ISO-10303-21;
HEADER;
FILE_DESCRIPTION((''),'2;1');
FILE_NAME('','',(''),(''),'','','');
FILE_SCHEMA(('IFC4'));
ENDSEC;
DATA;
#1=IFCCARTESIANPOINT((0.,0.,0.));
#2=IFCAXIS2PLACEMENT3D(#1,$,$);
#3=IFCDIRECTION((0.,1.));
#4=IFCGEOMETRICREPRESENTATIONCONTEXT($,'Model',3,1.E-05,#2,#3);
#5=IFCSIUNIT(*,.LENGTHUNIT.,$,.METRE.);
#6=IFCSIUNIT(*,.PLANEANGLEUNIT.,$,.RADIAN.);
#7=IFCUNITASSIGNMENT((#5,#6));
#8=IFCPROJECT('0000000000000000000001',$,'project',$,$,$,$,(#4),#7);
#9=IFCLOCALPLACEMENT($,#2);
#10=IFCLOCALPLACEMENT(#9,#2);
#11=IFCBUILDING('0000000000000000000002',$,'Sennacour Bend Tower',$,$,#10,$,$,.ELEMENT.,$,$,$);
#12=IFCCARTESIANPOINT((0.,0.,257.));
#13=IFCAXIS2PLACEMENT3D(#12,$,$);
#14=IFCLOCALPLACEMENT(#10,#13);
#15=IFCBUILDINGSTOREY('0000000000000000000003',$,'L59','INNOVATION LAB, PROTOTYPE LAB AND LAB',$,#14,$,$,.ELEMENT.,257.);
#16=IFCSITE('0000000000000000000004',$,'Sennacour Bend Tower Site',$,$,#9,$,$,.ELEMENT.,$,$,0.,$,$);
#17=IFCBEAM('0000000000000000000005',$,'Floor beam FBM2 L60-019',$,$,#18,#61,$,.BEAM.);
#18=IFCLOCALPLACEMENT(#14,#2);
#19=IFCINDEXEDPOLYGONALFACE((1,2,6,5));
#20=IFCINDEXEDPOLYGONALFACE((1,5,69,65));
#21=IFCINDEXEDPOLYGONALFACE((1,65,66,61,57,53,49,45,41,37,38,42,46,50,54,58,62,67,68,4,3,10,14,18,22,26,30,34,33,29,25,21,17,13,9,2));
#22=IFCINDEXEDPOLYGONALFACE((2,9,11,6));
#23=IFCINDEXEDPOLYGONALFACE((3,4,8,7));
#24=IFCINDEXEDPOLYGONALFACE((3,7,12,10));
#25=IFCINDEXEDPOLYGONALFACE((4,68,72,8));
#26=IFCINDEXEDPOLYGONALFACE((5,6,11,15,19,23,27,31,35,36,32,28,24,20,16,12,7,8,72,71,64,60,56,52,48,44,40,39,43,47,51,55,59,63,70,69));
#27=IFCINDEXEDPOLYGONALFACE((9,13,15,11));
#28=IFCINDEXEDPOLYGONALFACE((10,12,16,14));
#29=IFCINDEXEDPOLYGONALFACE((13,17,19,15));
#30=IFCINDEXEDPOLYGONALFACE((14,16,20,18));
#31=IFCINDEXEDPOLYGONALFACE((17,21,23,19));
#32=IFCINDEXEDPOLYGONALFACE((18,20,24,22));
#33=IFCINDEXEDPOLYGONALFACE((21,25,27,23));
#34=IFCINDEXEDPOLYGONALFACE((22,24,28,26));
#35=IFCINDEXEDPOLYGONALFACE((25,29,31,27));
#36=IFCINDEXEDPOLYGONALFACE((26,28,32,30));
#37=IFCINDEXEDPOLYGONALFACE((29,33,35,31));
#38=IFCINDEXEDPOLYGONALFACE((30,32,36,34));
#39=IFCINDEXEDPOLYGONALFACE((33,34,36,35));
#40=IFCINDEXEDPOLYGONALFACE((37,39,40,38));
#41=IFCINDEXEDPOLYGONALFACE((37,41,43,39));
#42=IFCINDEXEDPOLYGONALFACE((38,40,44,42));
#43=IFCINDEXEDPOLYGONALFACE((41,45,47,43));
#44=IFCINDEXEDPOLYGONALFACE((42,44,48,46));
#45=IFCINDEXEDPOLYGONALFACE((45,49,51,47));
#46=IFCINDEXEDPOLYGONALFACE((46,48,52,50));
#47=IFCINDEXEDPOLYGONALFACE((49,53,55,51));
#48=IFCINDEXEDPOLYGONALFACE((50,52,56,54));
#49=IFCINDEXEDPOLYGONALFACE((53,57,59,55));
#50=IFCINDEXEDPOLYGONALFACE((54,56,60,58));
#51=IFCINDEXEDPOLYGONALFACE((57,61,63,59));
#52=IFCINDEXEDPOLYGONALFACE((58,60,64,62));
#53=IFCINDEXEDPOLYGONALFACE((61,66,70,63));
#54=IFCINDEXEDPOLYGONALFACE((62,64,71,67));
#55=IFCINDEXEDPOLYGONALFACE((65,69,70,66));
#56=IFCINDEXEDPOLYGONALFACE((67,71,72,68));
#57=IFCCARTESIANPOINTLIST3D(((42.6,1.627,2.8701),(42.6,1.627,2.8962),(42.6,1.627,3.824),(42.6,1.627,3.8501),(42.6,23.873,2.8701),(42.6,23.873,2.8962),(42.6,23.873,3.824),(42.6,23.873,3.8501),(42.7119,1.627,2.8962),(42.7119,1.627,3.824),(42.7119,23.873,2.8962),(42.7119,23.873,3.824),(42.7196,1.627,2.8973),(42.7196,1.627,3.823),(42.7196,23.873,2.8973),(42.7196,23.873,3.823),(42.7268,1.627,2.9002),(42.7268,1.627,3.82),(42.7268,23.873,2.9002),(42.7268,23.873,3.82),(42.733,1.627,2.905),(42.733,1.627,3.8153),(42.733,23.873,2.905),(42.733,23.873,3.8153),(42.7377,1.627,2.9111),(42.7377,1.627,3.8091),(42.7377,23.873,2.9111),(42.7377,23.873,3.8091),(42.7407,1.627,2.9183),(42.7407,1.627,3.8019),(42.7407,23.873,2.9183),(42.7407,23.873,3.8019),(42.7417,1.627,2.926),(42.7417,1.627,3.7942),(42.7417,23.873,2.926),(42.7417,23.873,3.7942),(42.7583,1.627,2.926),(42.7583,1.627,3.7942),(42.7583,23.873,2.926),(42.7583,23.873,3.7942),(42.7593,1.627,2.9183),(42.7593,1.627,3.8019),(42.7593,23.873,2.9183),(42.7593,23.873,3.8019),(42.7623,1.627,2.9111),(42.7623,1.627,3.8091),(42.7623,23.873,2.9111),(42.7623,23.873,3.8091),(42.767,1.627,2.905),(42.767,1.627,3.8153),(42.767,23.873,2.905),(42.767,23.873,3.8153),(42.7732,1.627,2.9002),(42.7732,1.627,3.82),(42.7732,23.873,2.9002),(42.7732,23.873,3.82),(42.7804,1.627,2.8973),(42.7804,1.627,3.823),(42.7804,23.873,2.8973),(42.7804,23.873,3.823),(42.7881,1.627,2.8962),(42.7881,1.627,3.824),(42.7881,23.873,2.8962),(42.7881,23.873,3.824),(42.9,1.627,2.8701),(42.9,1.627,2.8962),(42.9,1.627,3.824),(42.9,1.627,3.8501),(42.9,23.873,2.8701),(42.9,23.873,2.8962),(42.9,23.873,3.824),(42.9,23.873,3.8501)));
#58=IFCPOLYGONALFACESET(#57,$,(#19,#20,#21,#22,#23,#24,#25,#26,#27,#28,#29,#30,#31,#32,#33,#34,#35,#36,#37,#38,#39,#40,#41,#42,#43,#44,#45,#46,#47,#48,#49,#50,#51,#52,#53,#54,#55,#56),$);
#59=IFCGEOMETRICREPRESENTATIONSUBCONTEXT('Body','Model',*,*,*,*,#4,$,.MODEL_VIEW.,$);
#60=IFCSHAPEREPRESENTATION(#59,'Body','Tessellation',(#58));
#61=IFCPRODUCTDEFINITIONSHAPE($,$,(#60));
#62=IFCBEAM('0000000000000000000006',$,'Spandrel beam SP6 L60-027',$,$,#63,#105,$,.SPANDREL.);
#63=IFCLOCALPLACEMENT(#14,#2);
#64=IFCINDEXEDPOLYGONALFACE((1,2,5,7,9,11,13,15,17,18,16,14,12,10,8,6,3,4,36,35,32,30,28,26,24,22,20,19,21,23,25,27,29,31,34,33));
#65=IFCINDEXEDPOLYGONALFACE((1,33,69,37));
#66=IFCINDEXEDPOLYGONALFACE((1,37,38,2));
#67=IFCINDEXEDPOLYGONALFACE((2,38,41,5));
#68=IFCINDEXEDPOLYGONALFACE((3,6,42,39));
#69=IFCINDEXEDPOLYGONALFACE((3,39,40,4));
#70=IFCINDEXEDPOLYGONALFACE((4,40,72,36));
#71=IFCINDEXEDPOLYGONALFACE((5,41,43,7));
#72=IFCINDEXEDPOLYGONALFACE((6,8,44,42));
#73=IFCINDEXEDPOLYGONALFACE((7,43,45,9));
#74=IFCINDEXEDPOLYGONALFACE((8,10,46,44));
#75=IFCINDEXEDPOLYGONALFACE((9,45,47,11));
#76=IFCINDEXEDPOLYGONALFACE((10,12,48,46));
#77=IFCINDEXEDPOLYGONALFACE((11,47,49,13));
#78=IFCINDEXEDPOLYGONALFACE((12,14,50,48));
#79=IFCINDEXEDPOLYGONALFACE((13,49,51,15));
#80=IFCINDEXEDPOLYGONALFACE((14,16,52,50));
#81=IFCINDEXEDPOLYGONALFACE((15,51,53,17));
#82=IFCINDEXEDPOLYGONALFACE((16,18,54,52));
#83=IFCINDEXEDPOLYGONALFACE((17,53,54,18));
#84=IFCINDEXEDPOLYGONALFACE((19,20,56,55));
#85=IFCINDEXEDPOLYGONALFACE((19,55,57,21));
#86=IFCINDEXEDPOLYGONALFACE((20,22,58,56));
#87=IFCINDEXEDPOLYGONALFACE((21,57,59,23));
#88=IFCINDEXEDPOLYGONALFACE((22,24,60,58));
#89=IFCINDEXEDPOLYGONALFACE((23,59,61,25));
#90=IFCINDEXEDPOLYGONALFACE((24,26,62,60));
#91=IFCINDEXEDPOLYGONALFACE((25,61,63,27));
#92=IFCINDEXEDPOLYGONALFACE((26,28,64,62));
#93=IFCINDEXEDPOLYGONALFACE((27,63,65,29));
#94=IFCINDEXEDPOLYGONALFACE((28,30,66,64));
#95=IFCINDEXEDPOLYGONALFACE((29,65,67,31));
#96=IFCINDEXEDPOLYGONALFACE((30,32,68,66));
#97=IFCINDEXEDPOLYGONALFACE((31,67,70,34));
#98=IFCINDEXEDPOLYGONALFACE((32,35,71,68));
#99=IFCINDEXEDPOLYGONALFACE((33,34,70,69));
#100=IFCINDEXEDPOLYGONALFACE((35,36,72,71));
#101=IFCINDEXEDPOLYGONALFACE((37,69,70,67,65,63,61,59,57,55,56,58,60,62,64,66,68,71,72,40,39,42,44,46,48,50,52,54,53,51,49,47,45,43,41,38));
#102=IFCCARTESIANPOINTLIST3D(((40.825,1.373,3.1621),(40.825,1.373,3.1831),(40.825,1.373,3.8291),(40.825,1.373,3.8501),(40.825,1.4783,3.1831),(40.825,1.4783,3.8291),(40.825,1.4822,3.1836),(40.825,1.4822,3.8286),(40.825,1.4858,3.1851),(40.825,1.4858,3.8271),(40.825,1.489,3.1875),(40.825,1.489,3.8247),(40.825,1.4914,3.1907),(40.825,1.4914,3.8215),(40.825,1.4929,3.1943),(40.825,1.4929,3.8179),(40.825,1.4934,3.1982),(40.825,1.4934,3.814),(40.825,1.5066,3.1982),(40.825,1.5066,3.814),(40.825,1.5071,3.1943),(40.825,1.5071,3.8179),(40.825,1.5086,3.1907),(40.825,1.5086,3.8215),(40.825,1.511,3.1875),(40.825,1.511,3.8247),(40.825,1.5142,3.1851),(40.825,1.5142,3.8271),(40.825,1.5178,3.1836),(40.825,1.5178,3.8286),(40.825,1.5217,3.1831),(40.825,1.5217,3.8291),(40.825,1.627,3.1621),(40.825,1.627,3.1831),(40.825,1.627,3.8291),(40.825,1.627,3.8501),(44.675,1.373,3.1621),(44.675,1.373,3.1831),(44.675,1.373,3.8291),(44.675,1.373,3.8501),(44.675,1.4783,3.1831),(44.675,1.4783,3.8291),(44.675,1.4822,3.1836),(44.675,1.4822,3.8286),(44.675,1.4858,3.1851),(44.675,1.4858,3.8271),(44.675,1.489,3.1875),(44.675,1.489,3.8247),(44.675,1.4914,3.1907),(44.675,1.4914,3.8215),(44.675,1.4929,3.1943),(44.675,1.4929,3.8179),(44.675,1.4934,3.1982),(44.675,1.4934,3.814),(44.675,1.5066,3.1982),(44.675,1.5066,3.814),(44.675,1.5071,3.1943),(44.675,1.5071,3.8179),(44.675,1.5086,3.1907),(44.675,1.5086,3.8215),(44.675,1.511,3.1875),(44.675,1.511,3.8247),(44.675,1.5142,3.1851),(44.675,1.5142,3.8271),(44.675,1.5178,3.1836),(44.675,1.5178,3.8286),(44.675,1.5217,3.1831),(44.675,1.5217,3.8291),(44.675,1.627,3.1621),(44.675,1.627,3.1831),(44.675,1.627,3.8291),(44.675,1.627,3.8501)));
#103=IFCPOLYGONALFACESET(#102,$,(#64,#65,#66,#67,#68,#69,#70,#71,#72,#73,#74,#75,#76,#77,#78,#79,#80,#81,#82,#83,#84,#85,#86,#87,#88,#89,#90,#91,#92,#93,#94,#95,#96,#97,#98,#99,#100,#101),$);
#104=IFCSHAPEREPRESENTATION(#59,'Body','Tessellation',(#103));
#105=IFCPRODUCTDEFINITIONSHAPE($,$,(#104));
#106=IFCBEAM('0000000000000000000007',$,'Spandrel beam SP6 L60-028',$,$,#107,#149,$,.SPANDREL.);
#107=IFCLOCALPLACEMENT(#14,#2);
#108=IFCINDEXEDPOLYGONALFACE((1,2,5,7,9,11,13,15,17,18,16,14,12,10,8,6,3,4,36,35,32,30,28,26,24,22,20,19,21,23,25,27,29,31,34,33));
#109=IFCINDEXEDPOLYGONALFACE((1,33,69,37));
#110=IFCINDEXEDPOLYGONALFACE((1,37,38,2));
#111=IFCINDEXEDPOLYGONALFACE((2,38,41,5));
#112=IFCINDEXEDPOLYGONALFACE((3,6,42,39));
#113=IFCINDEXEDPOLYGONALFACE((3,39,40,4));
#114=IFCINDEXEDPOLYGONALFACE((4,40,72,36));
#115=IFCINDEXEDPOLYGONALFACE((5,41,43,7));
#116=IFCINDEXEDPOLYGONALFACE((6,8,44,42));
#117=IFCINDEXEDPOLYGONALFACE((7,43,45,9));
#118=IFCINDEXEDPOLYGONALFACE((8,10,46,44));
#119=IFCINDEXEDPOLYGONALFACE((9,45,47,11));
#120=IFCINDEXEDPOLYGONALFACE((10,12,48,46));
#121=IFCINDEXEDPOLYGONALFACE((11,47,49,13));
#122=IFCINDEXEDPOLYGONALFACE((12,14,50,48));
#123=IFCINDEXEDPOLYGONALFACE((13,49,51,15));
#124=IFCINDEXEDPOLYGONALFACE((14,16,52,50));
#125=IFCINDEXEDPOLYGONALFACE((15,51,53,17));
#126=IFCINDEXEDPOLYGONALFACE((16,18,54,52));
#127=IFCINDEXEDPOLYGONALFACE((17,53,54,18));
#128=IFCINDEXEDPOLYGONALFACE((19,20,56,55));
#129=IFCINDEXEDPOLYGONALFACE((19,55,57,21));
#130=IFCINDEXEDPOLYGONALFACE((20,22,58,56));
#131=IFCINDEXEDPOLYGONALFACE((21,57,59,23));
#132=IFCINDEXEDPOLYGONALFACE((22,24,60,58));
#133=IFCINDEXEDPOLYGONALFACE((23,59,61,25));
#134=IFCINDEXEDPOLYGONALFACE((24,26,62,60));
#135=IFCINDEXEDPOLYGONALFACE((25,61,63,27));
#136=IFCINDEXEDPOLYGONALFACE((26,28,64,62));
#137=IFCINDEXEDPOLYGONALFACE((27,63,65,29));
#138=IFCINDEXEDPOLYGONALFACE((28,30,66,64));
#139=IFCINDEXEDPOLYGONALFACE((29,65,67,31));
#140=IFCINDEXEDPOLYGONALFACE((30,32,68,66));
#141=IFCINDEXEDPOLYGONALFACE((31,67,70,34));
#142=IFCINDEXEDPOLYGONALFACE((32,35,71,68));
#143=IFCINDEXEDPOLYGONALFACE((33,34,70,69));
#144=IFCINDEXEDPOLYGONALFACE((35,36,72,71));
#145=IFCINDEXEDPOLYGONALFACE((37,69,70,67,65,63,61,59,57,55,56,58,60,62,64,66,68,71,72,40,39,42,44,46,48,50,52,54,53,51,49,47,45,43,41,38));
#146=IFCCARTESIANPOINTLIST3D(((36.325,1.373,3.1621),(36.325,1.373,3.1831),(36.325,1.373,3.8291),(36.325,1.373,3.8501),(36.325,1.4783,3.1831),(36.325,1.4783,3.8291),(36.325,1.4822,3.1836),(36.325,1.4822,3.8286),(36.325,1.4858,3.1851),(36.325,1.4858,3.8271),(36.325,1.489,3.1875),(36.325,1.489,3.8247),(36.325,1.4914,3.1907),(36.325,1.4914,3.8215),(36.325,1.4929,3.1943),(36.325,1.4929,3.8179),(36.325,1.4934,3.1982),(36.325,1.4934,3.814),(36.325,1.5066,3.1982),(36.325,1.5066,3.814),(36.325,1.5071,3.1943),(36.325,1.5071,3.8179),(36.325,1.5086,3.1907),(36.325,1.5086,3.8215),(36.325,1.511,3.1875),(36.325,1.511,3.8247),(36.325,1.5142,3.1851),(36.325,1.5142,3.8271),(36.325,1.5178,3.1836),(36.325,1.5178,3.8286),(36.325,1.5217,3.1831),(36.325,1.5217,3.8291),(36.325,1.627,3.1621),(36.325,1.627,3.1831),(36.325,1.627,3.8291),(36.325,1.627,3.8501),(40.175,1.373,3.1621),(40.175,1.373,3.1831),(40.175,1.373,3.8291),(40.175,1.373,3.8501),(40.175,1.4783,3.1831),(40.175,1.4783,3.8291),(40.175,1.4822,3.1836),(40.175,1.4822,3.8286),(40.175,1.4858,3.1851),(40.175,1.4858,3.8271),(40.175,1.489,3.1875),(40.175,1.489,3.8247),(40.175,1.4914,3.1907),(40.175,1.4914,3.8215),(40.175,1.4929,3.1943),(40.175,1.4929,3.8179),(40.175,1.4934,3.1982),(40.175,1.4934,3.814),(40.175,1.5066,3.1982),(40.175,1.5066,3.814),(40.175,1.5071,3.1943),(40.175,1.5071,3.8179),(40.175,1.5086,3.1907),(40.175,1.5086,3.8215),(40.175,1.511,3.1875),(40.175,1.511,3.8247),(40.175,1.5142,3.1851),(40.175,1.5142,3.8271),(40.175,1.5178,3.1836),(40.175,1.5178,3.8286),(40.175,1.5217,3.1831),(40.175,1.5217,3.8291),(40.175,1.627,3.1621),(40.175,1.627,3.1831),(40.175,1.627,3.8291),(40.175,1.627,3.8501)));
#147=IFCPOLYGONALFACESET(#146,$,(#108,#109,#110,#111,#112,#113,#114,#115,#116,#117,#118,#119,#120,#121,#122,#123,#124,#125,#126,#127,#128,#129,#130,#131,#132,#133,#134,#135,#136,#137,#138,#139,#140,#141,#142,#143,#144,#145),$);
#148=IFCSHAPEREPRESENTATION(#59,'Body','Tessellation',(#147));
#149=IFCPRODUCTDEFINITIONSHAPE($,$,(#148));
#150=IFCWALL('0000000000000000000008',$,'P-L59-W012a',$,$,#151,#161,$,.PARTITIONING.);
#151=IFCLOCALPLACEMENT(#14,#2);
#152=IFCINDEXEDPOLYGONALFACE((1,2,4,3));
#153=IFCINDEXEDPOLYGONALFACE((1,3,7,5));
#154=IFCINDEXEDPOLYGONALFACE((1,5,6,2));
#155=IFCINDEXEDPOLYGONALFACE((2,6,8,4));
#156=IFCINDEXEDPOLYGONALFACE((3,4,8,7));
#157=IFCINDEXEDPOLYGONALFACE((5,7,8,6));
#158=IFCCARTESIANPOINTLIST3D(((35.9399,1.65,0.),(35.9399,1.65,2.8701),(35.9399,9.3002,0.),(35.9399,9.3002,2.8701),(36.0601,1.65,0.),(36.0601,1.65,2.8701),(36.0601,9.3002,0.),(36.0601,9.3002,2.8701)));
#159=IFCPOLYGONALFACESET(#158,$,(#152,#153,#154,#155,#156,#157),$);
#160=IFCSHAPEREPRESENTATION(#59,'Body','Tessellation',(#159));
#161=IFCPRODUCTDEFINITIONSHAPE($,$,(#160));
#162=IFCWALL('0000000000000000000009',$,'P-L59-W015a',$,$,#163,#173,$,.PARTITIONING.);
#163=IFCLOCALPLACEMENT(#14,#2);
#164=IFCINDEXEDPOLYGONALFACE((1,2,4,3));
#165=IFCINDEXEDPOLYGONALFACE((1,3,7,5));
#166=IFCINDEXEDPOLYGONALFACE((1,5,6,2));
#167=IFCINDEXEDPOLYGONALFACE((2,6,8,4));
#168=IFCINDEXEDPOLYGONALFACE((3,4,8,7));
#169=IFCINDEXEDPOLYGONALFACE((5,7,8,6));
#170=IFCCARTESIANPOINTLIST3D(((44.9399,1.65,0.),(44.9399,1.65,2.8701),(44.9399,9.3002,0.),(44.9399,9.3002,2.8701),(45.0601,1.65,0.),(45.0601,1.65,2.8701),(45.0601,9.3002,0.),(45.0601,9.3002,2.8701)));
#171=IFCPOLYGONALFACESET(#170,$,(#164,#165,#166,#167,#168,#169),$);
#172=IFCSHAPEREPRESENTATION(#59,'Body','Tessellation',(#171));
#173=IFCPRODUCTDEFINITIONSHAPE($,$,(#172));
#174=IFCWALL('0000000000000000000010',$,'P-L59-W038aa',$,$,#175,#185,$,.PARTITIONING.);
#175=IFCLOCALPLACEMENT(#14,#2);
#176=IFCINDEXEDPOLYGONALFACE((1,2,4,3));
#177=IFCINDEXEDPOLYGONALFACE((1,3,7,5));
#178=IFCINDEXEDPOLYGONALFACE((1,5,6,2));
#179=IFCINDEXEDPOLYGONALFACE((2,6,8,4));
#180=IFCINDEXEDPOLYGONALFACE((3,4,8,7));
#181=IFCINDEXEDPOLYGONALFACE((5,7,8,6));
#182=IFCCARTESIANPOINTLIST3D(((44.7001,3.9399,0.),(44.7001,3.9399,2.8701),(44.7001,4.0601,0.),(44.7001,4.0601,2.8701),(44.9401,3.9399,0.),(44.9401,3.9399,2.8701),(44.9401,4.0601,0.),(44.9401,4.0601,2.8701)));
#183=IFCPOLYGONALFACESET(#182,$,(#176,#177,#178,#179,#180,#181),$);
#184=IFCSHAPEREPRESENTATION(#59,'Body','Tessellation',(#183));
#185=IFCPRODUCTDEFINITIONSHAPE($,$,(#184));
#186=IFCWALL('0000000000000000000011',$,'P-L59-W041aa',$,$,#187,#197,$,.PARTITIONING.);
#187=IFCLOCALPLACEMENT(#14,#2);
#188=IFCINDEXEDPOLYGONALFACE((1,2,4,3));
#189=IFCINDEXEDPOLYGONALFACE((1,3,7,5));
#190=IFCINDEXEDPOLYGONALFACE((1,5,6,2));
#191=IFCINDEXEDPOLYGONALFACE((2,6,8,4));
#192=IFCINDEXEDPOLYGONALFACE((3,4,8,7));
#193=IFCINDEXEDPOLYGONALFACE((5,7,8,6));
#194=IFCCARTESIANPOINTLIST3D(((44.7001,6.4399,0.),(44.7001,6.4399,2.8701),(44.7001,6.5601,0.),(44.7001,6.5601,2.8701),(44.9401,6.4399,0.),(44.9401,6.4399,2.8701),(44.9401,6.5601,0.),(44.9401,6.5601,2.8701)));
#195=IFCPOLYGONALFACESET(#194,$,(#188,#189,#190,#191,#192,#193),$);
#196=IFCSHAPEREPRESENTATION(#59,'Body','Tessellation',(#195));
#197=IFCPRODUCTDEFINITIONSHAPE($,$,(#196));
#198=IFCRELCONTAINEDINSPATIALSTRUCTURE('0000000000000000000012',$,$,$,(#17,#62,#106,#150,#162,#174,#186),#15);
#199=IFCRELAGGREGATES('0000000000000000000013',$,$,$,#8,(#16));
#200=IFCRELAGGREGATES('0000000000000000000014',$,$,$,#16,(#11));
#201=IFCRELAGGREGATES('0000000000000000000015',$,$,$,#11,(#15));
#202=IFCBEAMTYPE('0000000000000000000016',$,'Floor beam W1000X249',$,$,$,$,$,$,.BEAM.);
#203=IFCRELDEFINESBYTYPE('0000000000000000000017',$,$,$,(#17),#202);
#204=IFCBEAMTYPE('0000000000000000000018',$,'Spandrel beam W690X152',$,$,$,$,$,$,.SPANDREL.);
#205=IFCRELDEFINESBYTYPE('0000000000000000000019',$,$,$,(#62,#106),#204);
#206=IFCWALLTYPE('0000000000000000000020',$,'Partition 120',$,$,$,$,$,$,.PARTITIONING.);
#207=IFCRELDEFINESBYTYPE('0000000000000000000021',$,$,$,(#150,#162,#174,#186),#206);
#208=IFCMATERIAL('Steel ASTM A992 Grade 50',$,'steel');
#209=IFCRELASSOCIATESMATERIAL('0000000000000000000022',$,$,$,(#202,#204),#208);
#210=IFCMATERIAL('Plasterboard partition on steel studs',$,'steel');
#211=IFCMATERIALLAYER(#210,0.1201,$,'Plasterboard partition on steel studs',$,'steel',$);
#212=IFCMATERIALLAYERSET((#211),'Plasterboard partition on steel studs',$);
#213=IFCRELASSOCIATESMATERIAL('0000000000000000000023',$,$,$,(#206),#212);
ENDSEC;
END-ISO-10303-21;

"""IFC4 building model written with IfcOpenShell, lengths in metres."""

from ifc_helpers import new_model, si_unit, direction, frame, frame_2d, origin, origin_2d, place, context, subcontext, project, spatial, rectangle, i_section, extrude, material, layer, layer_set, material_profile, profile_set, type_object, element, save


model = new_model("IFC4")

# Units and contexts
model_context = context("Model", 3, precision=1e-05, world=origin(), true_north=direction((0.0, 1.0)))
body_context = subcontext(model_context, "Body", "Model", "MODEL_VIEW")
ifc_project = project(units=[si_unit("LENGTHUNIT", "METRE"), si_unit("PLANEANGLEUNIT", "RADIAN")], contexts=[model_context])

# Site, building, storey
site_placement = place(None, origin())
site = spatial("IfcSite", under=ifc_project, at=site_placement, Name="Sennacour Bend Tower Site", CompositionType="ELEMENT", RefElevation=0.0)
building_placement = place(site_placement, origin())
building = spatial("IfcBuilding", under=site, at=building_placement, Name="Sennacour Bend Tower", CompositionType="ELEMENT")
storey_placement = place(building_placement, frame((0.0, 0.0, 257.0)))
storey = spatial("IfcBuildingStorey", under=building, at=storey_placement, Name="L59", Description="INNOVATION LAB, PROTOTYPE LAB AND LAB", CompositionType="ELEMENT", Elevation=257.0)

# Beams
ifc_material_1 = material(Name="Steel ASTM A992 Grade 50", Category="steel")
ifc_material_profile_1 = material_profile(ifc_material_1, i_section(OverallWidth=0.3, OverallDepth=0.98, WebThickness=0.0166, FlangeThickness=0.0261, FilletRadius=0.0298, at=origin_2d()), Name="Steel ASTM A992 Grade 50", Category="steel")
ifc_profile_set_1 = profile_set([ifc_material_profile_1], Name="Steel ASTM A992 Grade 50")
beam_type_1 = type_object("IfcBeamType", Name="Floor beam W1000X249", PredefinedType="BEAM", material=ifc_profile_set_1)
beam_1_placement = place(storey_placement, frame((42.75, 1.627, 3.3601), z_axis=(0.0, 1.0, 0.0), x_axis=(-1.0, 0.0, 0.0)))
element("IfcBeam", 1, at=beam_1_placement, inside=storey, type_object=beam_type_1, Name="Floor beam FBM2 L60-019", PredefinedType="BEAM", context=body_context, shape_type="SweptSolid", body=[
    extrude(i_section(OverallWidth=0.3, OverallDepth=0.98, WebThickness=0.0166, FlangeThickness=0.0261, FilletRadius=0.0298, at=origin_2d()), origin(), (0.0, 0.0, 1.0), 22.2461),
])
ifc_material_profile_2 = material_profile(ifc_material_1, i_section(OverallWidth=0.2539, OverallDepth=0.688, WebThickness=0.0132, FlangeThickness=0.021, FilletRadius=0.0151, at=origin_2d()), Name="Steel ASTM A992 Grade 50", Category="steel")
ifc_profile_set_2 = profile_set([ifc_material_profile_2], Name="Steel ASTM A992 Grade 50")
beam_type_2 = type_object("IfcBeamType", Name="Spandrel beam W690X152", PredefinedType="SPANDREL", material=ifc_profile_set_2)
for number, where, z_axis, x_axis, name in (
    (2, (44.675, 1.5, 3.5061), (-1.0, 0.0, 0.0), (0.0, -1.0, 0.0), "Spandrel beam SP6 L60-027"),
    (3, (40.175, 1.5, 3.5061), (-1.0, 0.0, 0.0), (0.0, -1.0, 0.0), "Spandrel beam SP6 L60-028"),
):
    element("IfcBeam", number, at=place(storey_placement, frame(where, z_axis=z_axis, x_axis=x_axis)), inside=storey, type_object=beam_type_2, Name=name, PredefinedType="SPANDREL", context=body_context, shape_type="SweptSolid", body=[
        extrude(i_section(OverallWidth=0.2539, OverallDepth=0.688, WebThickness=0.0132, FlangeThickness=0.021, FilletRadius=0.0151, at=origin_2d()), origin(), (0.0, 0.0, 1.0), 3.8501),
    ])

# Walls
ifc_material_2 = material(Name="Plasterboard partition on steel studs", Category="steel")
ifc_layer_1 = layer(ifc_material_2, 0.1201, Name="Plasterboard partition on steel studs", Category="steel")
ifc_layer_set_1 = layer_set([ifc_layer_1], Name="Plasterboard partition on steel studs")
wall_type_1 = type_object("IfcWallType", Name="Partition 120", PredefinedType="PARTITIONING", material=ifc_layer_set_1)
for number, where, z_axis, x_axis, name in (
    (4, (36.0, 1.6499, 0.0), (0.0, 0.0, 1.0), (0.0, 1.0, 0.0), "P-L59-W012a"),
    (5, (45.0, 1.6499, 0.0), (0.0, 0.0, 1.0), (0.0, 1.0, 0.0), "P-L59-W015a"),
):
    element("IfcWall", number, at=place(storey_placement, frame(where, z_axis=z_axis, x_axis=x_axis)), inside=storey, type_object=wall_type_1, Name=name, PredefinedType="PARTITIONING", context=body_context, shape_type="SweptSolid", body=[
        extrude(rectangle(XDim=7.6501, YDim=0.1201, at=frame_2d((3.8252, 0.0))), origin(), (0.0, 0.0, 1.0), 2.8701),
    ])
for number, where, z_axis, x_axis, name in (
    (6, (44.7, 4.0, 0.0), (0.0, 0.0, 1.0), (1.0, 0.0, 0.0), "P-L59-W038aa"),
    (7, (44.7, 6.5, 0.0), (0.0, 0.0, 1.0), (1.0, 0.0, 0.0), "P-L59-W041aa"),
):
    element("IfcWall", number, at=place(storey_placement, frame(where, z_axis=z_axis, x_axis=x_axis)), inside=storey, type_object=wall_type_1, Name=name, PredefinedType="PARTITIONING", context=body_context, shape_type="SweptSolid", body=[
        extrude(rectangle(XDim=0.24, YDim=0.1201, at=frame_2d((0.1201, 0.0))), origin(), (0.0, 0.0, 1.0), 2.8701),
    ])

save(model, "model.ifc")
